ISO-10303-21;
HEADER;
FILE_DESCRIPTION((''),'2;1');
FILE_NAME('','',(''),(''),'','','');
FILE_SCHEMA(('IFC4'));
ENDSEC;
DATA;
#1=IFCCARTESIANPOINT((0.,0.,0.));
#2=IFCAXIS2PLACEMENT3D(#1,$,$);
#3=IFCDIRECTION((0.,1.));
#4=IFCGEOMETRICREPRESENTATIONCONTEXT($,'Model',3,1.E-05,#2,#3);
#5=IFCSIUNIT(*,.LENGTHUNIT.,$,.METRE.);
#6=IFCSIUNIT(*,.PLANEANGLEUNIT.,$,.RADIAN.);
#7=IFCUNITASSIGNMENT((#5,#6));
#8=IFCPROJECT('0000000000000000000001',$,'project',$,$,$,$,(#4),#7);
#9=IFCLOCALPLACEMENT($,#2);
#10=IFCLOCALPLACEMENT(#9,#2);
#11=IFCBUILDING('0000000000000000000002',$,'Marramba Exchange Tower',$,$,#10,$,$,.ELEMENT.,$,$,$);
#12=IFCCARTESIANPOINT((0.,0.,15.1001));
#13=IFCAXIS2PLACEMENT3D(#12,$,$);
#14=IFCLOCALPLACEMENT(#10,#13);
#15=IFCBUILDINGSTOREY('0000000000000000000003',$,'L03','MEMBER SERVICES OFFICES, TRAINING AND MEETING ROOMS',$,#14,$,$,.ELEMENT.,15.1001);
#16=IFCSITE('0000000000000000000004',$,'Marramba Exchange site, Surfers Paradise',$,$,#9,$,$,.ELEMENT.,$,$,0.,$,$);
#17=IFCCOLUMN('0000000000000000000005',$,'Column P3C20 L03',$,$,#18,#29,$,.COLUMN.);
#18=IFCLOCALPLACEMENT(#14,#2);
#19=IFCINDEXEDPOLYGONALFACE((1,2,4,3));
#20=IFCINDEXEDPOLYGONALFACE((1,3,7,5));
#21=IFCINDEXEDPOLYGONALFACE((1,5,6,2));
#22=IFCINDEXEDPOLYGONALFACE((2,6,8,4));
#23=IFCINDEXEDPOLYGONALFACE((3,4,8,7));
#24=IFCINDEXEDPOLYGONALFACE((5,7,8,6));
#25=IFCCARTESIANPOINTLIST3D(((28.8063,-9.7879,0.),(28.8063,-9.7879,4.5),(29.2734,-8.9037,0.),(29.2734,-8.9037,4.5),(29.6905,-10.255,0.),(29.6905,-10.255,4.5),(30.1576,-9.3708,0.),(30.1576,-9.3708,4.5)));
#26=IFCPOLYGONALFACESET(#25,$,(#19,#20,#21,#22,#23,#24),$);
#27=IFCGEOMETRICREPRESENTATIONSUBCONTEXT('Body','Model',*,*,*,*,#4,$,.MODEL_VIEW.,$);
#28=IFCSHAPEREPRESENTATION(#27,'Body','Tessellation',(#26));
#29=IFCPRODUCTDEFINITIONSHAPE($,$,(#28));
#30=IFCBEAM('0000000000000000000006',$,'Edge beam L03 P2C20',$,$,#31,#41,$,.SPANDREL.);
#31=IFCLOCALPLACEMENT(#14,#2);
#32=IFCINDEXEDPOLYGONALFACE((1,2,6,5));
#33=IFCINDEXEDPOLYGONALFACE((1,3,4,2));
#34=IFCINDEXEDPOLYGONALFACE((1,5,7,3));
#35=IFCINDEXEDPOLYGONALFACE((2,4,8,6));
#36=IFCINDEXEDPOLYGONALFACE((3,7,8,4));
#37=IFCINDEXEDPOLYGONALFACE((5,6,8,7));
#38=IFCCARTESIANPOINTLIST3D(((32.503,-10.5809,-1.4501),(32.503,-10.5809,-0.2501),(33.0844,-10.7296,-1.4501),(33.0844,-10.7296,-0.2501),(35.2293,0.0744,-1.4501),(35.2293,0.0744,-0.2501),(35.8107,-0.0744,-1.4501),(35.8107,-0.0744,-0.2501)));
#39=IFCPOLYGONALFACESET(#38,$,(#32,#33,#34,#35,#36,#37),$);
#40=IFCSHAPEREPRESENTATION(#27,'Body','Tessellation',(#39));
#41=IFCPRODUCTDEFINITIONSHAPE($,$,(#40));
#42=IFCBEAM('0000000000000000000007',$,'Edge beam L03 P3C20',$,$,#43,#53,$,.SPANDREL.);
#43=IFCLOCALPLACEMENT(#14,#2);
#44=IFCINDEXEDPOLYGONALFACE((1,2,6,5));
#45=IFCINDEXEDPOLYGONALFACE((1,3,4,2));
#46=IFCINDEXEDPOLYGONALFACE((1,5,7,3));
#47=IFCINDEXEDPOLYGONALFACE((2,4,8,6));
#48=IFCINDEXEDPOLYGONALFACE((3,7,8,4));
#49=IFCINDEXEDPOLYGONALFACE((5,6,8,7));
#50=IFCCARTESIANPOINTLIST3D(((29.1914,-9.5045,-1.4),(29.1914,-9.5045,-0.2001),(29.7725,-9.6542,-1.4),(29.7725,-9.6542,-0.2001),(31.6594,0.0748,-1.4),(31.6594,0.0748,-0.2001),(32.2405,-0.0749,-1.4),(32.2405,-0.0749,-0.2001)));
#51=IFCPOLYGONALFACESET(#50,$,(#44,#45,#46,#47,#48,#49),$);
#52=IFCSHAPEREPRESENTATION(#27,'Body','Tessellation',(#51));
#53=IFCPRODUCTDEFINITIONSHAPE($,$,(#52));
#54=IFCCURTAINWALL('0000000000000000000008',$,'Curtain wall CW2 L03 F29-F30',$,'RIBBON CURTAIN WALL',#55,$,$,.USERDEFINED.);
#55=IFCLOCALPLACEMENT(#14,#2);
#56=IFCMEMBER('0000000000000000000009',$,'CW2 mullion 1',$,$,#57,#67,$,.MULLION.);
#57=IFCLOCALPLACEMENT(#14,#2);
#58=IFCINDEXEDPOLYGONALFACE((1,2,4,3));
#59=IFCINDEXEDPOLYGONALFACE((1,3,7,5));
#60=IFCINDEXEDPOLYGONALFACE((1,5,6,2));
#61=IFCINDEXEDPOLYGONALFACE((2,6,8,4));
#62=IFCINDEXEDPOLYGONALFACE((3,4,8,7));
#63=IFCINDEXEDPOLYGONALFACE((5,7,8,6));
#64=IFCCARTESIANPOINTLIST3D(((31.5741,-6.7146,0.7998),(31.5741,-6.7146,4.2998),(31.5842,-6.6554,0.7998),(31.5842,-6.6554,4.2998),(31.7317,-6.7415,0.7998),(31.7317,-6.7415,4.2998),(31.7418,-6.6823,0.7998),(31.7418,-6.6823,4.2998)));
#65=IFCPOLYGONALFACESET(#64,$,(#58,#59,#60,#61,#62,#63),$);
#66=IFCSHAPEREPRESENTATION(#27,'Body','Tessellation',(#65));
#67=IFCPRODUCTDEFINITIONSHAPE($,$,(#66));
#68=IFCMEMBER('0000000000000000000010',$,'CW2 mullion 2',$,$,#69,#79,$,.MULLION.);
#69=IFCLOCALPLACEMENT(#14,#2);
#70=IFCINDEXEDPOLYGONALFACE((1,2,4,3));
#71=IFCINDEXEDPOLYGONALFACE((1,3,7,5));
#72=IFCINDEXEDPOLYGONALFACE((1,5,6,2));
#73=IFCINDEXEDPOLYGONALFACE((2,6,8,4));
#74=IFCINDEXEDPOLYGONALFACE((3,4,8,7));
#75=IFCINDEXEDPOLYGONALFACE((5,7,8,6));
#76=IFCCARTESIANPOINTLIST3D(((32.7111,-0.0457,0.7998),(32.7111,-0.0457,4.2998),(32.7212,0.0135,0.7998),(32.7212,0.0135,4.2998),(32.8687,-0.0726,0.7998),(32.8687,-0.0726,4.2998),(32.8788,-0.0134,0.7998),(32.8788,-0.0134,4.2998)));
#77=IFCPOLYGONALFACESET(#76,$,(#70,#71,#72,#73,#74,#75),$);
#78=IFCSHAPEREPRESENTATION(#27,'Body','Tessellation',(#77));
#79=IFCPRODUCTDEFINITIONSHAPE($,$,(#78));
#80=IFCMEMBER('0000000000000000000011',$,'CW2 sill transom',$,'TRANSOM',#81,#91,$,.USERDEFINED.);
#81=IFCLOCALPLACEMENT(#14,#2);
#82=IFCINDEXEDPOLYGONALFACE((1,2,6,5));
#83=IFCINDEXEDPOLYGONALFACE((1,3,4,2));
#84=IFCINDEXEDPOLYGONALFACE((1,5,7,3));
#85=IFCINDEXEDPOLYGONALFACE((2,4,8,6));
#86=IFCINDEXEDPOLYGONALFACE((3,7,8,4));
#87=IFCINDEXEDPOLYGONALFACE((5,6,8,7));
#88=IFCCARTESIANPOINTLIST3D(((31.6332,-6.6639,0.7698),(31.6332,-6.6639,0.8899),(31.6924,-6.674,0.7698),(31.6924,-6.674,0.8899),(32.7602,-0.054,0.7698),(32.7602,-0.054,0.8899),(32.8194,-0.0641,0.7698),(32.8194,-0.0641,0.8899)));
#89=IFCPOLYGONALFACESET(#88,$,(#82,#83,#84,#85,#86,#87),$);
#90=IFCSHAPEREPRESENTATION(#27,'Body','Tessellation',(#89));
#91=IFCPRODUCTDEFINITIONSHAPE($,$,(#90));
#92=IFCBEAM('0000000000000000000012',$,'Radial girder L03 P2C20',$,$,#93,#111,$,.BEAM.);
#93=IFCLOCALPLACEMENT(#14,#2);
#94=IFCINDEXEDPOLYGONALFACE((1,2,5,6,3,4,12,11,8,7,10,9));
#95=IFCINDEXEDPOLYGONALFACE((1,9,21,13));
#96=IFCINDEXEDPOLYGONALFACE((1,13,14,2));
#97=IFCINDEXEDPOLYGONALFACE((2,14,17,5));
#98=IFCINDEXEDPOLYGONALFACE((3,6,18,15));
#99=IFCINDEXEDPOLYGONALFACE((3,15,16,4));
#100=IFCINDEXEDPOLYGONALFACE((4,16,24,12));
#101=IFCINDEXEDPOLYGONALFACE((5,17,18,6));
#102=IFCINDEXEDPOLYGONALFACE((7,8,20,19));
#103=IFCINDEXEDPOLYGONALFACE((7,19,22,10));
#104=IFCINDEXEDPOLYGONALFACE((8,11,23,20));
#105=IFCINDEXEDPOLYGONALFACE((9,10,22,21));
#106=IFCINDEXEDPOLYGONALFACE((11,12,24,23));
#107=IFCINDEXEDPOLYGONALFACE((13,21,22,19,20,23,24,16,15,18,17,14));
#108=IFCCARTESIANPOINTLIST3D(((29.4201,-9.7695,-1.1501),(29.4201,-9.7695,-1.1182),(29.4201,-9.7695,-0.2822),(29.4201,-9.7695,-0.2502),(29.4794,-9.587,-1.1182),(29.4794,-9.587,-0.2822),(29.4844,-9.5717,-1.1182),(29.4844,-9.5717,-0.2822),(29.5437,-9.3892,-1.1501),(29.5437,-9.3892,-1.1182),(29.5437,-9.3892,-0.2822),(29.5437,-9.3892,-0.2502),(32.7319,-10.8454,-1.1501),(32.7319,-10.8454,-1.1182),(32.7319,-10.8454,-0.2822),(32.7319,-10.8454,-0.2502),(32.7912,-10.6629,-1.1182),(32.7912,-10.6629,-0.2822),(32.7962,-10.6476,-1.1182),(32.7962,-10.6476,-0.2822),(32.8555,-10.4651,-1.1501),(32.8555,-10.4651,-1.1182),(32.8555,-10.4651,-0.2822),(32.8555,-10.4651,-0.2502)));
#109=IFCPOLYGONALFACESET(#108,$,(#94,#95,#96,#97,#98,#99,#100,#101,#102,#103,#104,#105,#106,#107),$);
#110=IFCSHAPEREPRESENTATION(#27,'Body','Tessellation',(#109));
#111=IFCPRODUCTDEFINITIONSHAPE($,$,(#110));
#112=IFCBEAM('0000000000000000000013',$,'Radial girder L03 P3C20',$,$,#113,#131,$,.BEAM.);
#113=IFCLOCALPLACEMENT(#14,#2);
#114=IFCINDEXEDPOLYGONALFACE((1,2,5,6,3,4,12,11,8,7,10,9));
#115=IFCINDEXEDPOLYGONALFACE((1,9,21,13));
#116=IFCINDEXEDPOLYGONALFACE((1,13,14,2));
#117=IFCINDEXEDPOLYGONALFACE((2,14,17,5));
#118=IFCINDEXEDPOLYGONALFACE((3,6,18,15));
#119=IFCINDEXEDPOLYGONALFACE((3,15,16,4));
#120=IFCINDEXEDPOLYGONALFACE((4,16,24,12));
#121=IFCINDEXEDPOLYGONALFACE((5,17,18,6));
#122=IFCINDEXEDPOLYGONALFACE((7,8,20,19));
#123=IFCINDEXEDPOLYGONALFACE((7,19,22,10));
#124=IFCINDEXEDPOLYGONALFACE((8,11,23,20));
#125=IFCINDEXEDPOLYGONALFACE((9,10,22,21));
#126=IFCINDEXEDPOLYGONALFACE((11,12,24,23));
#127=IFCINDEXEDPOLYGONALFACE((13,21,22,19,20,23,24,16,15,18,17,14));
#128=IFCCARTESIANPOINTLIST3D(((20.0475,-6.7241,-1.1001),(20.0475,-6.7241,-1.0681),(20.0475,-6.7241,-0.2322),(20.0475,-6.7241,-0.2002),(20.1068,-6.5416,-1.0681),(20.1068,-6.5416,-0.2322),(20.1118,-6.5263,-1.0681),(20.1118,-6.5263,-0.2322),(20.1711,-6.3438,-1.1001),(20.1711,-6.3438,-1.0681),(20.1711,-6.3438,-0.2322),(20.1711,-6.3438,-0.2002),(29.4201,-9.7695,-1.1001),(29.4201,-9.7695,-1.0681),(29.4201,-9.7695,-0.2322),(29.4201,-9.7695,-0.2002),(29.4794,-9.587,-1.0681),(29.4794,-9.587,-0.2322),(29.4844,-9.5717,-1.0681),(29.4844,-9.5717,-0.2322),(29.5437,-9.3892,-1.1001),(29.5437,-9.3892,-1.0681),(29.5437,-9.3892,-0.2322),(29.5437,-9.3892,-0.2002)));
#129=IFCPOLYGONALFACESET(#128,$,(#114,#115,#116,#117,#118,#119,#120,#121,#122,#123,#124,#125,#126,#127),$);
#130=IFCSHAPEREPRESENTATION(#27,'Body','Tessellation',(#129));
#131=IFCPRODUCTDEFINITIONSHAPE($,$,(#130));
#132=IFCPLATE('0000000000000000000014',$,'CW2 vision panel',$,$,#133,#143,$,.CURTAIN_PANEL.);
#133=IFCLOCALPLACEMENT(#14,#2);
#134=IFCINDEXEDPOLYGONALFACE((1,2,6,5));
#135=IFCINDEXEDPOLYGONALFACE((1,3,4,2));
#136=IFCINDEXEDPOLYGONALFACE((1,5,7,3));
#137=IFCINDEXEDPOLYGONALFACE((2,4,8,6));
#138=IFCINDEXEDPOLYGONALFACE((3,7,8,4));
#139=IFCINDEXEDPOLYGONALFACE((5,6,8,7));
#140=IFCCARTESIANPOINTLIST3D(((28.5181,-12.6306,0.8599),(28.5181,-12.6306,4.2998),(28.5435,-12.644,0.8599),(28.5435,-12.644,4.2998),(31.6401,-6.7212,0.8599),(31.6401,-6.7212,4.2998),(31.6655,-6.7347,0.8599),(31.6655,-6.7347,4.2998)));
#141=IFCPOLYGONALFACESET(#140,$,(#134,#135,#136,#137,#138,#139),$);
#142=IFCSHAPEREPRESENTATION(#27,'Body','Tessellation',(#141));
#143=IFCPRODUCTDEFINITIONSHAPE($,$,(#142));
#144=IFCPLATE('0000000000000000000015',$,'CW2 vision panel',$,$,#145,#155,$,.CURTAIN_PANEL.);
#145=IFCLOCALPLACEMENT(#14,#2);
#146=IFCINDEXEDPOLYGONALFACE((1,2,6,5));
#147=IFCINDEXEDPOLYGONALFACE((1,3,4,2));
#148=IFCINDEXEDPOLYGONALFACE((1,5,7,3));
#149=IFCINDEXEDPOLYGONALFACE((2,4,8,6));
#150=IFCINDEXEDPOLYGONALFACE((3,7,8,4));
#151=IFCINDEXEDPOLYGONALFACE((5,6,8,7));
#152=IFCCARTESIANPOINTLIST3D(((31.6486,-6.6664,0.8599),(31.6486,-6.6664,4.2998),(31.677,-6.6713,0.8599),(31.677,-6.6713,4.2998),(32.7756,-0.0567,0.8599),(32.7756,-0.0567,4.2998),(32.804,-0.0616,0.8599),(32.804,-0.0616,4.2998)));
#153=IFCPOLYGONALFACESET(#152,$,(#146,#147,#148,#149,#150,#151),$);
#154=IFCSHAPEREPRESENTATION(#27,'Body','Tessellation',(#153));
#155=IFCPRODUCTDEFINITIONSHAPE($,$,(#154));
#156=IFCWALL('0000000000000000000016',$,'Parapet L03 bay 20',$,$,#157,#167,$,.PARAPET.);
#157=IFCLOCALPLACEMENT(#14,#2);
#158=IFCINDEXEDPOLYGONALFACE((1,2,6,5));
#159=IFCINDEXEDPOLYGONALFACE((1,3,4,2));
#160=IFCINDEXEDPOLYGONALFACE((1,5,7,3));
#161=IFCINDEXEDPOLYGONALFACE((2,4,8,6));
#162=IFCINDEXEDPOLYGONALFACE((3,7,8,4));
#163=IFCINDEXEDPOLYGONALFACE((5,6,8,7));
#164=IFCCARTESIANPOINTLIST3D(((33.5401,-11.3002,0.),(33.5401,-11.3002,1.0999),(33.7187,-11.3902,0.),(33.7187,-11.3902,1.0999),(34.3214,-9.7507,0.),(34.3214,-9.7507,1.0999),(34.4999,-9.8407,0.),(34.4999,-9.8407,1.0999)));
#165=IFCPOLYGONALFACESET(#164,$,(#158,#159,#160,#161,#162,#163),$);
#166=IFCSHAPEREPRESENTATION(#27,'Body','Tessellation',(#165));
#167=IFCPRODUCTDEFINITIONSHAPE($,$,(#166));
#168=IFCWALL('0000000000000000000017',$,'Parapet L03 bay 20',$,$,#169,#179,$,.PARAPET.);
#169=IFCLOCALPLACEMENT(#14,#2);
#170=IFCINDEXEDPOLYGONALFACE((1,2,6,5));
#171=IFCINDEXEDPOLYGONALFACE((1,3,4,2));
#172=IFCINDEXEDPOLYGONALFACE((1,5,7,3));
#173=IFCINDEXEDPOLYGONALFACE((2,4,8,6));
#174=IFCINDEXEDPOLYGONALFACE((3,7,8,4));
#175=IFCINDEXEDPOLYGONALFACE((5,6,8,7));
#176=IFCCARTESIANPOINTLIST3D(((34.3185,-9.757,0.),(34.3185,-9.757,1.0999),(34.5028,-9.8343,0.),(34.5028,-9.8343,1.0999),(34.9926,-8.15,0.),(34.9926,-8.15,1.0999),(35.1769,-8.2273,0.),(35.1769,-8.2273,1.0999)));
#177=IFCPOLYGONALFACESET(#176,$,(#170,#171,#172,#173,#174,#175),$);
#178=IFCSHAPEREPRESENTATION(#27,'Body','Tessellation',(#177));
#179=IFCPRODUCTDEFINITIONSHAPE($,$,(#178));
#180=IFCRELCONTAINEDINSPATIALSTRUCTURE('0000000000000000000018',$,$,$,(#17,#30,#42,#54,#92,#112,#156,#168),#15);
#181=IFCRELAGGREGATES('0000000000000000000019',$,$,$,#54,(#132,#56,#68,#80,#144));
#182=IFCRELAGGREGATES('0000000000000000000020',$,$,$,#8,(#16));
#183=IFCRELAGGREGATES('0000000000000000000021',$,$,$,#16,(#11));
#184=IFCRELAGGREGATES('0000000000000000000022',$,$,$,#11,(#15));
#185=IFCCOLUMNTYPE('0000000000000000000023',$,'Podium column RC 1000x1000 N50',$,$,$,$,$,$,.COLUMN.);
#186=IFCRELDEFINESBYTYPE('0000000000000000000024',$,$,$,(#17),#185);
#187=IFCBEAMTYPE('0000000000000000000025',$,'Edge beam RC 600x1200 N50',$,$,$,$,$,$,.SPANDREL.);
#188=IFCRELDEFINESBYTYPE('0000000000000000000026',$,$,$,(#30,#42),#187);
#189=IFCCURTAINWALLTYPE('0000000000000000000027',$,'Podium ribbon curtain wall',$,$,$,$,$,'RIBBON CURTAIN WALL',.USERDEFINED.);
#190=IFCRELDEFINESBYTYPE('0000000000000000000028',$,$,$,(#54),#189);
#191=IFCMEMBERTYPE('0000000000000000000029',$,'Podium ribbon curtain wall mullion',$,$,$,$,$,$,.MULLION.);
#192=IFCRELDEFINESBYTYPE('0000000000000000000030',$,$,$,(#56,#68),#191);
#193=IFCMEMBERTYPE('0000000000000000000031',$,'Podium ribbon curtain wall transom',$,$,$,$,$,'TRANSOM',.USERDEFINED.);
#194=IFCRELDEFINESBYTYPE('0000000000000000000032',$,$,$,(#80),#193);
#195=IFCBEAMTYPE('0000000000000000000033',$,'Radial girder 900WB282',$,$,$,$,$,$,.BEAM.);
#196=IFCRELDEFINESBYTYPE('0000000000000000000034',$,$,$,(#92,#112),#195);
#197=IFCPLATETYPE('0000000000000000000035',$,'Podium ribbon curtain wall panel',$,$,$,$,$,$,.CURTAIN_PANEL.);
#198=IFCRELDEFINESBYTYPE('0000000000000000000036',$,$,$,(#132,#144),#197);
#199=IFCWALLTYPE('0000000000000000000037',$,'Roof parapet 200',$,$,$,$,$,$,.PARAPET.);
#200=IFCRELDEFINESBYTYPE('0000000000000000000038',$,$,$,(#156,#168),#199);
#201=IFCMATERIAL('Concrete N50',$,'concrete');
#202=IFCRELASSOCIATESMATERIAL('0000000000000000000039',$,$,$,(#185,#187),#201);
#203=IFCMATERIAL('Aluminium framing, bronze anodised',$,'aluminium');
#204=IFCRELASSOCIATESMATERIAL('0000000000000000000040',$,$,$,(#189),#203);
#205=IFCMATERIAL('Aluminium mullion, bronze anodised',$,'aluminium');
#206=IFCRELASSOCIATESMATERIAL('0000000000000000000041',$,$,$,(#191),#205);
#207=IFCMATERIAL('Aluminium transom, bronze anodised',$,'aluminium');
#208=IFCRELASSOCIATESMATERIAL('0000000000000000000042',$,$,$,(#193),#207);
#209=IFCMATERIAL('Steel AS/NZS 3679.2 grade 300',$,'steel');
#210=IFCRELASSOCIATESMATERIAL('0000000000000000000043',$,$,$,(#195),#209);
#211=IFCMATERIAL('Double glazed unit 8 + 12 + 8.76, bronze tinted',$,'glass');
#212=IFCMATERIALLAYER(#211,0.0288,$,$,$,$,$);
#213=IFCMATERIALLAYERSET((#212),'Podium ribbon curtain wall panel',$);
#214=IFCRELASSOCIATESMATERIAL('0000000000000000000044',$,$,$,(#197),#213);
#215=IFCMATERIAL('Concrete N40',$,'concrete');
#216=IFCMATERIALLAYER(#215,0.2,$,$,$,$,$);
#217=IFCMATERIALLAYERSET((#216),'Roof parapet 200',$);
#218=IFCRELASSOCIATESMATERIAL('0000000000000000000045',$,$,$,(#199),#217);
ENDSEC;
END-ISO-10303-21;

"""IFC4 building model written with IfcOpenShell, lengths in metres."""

from ifc_helpers import new_model, si_unit, direction, frame, frame_2d, origin, origin_2d, place, context, subcontext, project, spatial, rectangle, i_section, extrude, material, layer, layer_set, material_profile, profile_set, type_object, element, aggregate, save


model = new_model("IFC4")

# Units and contexts
model_context = context("Model", 3, precision=1e-05, world=origin(), true_north=direction((0.0, 1.0)))
body_context = subcontext(model_context, "Body", "Model", "MODEL_VIEW")
ifc_project = project(units=[si_unit("LENGTHUNIT", "METRE"), si_unit("PLANEANGLEUNIT", "RADIAN")], contexts=[model_context])

# Site, building, storey
site_placement = place(None, origin())
site = spatial("IfcSite", under=ifc_project, at=site_placement, Name="Marramba Exchange site, Surfers Paradise", CompositionType="ELEMENT", RefElevation=0.0)
building_placement = place(site_placement, origin())
building = spatial("IfcBuilding", under=site, at=building_placement, Name="Marramba Exchange Tower", CompositionType="ELEMENT")
storey_placement = place(building_placement, frame((0.0, 0.0, 15.1001)))
storey = spatial("IfcBuildingStorey", under=building, at=storey_placement, Name="L03", Description="MEMBER SERVICES OFFICES, TRAINING AND MEETING ROOMS", CompositionType="ELEMENT", Elevation=15.1001)

# Column
ifc_material_1 = material(Name="Concrete N50", Category="concrete")
ifc_material_profile_1 = material_profile(ifc_material_1, rectangle(XDim=1.0, YDim=1.0, at=origin_2d()), Name="RC 1000x1000")
ifc_profile_set_1 = profile_set([ifc_material_profile_1], Name="Concrete N50")
column_type = type_object("IfcColumnType", Name="Podium column RC 1000x1000 N50", PredefinedType="COLUMN", material=ifc_profile_set_1)
column_placement = place(storey_placement, frame((29.4819, -9.5793, 0.0), z_axis=(0.0, 0.0, 1.0), x_axis=(0.884188, -0.467131, 0.0)))
element("IfcColumn", 1, at=column_placement, inside=storey, type_object=column_type, Name="Column P3C20 L03", PredefinedType="COLUMN", context=body_context, shape_type="SweptSolid", body=[
    extrude(rectangle(XDim=1.0, YDim=1.0, at=origin_2d()), origin(), (0.0, 0.0, 1.0), 4.5),
])

# Beams
ifc_material_profile_2 = material_profile(ifc_material_1, rectangle(XDim=0.6001, YDim=1.2, at=origin_2d()), Name="RC 600x1200")
ifc_profile_set_2 = profile_set([ifc_material_profile_2], Name="Concrete N50")
beam_type_1 = type_object("IfcBeamType", Name="Edge beam RC 600x1200 N50", PredefinedType="SPANDREL", material=ifc_profile_set_2)
beam_1_placement = place(storey_placement, frame((32.7937, -10.6553, -0.8501), z_axis=(0.24788, 0.968791, 0.0), x_axis=(-0.968791, 0.24788, 0.0)))
element("IfcBeam", 2, at=beam_1_placement, inside=storey, type_object=beam_type_1, Name="Edge beam L03 P2C20", PredefinedType="SPANDREL", context=body_context, shape_type="SweptSolid", body=[
    extrude(rectangle(XDim=0.6001, YDim=1.2, at=origin_2d()), origin(), (0.0, 0.0, 1.0), 10.9985),
])
beam_2_placement = place(storey_placement, frame((29.4819, -9.5793, -0.8), z_axis=(0.249492, 0.968377, 0.0), x_axis=(-0.968377, 0.249492, 0.0)))
element("IfcBeam", 3, at=beam_2_placement, inside=storey, type_object=beam_type_1, Name="Edge beam L03 P3C20", PredefinedType="SPANDREL", context=body_context, shape_type="SweptSolid", body=[
    extrude(rectangle(XDim=0.6001, YDim=1.2, at=origin_2d()), origin(), (0.0, 0.0, 1.0), 9.8921),
])

# Curtain wall, members
ifc_material_2 = material(Name="Aluminium framing, bronze anodised", Category="aluminium")
curtain_wall_type = type_object("IfcCurtainWallType", Name="Podium ribbon curtain wall", ElementType="RIBBON CURTAIN WALL", PredefinedType="USERDEFINED", material=ifc_material_2)
curtain_wall_placement = place(storey_placement, origin())
curtain_wall = element("IfcCurtainWall", 4, at=curtain_wall_placement, inside=storey, type_object=curtain_wall_type, Name="Curtain wall CW2 L03 F29-F30", ObjectType="RIBBON CURTAIN WALL", PredefinedType="USERDEFINED")
ifc_material_3 = material(Name="Aluminium mullion, bronze anodised", Category="aluminium")
ifc_material_profile_3 = material_profile(ifc_material_3, rectangle(XDim=0.1599, YDim=0.0601, at=origin_2d()), Name="CW2 mullion 60x160")
ifc_profile_set_3 = profile_set([ifc_material_profile_3], Name="Aluminium mullion, bronze anodised")
member_type_1 = type_object("IfcMemberType", Name="Podium ribbon curtain wall mullion", PredefinedType="MULLION", material=ifc_profile_set_3)
member_1_placement = place(storey_placement, frame((31.658, -6.6985, 0.7998), z_axis=(0.0, 0.0, 1.0), x_axis=(-0.985774, 0.168074, 0.0)))
member_1 = element("IfcMember", 5, at=member_1_placement, type_object=member_type_1, Name="CW2 mullion 1", PredefinedType="MULLION", context=body_context, shape_type="SweptSolid", body=[
    extrude(rectangle(XDim=0.1599, YDim=0.0601, at=origin_2d()), origin(), (0.0, 0.0, 1.0), 3.5),
])
member_2_placement = place(storey_placement, frame((32.7949, -0.0295, 0.7998), z_axis=(0.0, 0.0, 1.0), x_axis=(-0.985774, 0.168074, 0.0)))
member_2 = element("IfcMember", 6, at=member_2_placement, type_object=member_type_1, Name="CW2 mullion 2", PredefinedType="MULLION", context=body_context, shape_type="SweptSolid", body=[
    extrude(rectangle(XDim=0.1599, YDim=0.0601, at=origin_2d()), origin(), (0.0, 0.0, 1.0), 3.5),
])
ifc_material_4 = material(Name="Aluminium transom, bronze anodised", Category="aluminium")
ifc_material_profile_4 = material_profile(ifc_material_4, rectangle(XDim=0.0601, YDim=0.1201, at=origin_2d()), Name="CW2 transom 60x120")
ifc_profile_set_4 = profile_set([ifc_material_profile_4], Name="Aluminium transom, bronze anodised")
member_type_2 = type_object("IfcMemberType", Name="Podium ribbon curtain wall transom", ElementType="TRANSOM", PredefinedType="USERDEFINED", material=ifc_profile_set_4)
member_3_placement = place(storey_placement, frame((31.6628, -6.6689, 0.8298), z_axis=(0.16807, 0.985775, 0.0), x_axis=(-0.985775, 0.16807, 0.0)))
member_3 = element("IfcMember", 7, at=member_3_placement, type_object=member_type_2, Name="CW2 sill transom", ObjectType="TRANSOM", PredefinedType="USERDEFINED", context=body_context, shape_type="SweptSolid", body=[
    extrude(rectangle(XDim=0.0601, YDim=0.1201, at=origin_2d()), origin(), (0.0, 0.0, 1.0), 6.7053),
])

# Beams
ifc_material_5 = material(Name="Steel AS/NZS 3679.2 grade 300", Category="steel")
ifc_material_profile_5 = material_profile(ifc_material_5, i_section(OverallWidth=0.3999, OverallDepth=0.8999, WebThickness=0.0161, FlangeThickness=0.032, at=origin_2d()), Name="900WB282")
ifc_profile_set_5 = profile_set([ifc_material_profile_5], Name="Steel AS/NZS 3679.2 grade 300")
beam_type_2 = type_object("IfcBeamType", Name="Radial girder 900WB282", PredefinedType="BEAM", material=ifc_profile_set_5)
beam_3_placement = place(storey_placement, frame((32.7937, -10.6553, -0.7002), z_axis=(-0.951068, 0.308983, 0.0), x_axis=(-0.308983, -0.951068, 0.0)))
element("IfcBeam", 8, at=beam_3_placement, inside=storey, type_object=beam_type_2, Name="Radial girder L03 P2C20", PredefinedType="BEAM", context=body_context, shape_type="SweptSolid", body=[
    extrude(i_section(OverallWidth=0.3999, OverallDepth=0.8999, WebThickness=0.0161, FlangeThickness=0.032, at=origin_2d()), origin(), (0.0, 0.0, 1.0), 3.4822),
])
beam_4_placement = place(storey_placement, frame((29.4819, -9.5793, -0.6501), z_axis=(-0.951054, 0.309024, 0.0), x_axis=(-0.309024, -0.951054, 0.0)))
element("IfcBeam", 9, at=beam_4_placement, inside=storey, type_object=beam_type_2, Name="Radial girder L03 P3C20", PredefinedType="BEAM", context=body_context, shape_type="SweptSolid", body=[
    extrude(i_section(OverallWidth=0.3999, OverallDepth=0.8999, WebThickness=0.0161, FlangeThickness=0.032, at=origin_2d()), origin(), (0.0, 0.0, 1.0), 9.855),
])

# Plates
ifc_material_6 = material(Name="Double glazed unit 8 + 12 + 8.76, bronze tinted", Category="glass")
ifc_layer_1 = layer(ifc_material_6, 0.0288)
ifc_layer_set_1 = layer_set([ifc_layer_1], Name="Podium ribbon curtain wall panel")
plate_type = type_object("IfcPlateType", Name="Podium ribbon curtain wall panel", PredefinedType="CURTAIN_PANEL", material=ifc_layer_set_1)
plate_1_placement = place(storey_placement, frame((30.0918, -9.6826, 0.8599), z_axis=(0.0, 0.0, 1.0), x_axis=(0.467131, 0.884188, 0.0)))
plate_1 = element("IfcPlate", 10, at=plate_1_placement, type_object=plate_type, Name="CW2 vision panel", PredefinedType="CURTAIN_PANEL", context=body_context, shape_type="SweptSolid", body=[
    extrude(rectangle(XDim=6.6833, YDim=0.0288, at=origin_2d()), origin(), (0.0, 0.0, 1.0), 3.4399),
])
plate_2_placement = place(storey_placement, frame((32.2263, -3.364, 0.8599), z_axis=(0.0, 0.0, 1.0), x_axis=(0.168074, 0.985774, 0.0)))
plate_2 = element("IfcPlate", 11, at=plate_2_placement, type_object=plate_type, Name="CW2 vision panel", PredefinedType="CURTAIN_PANEL", context=body_context, shape_type="SweptSolid", body=[
    extrude(rectangle(XDim=6.7051, YDim=0.0288, at=origin_2d()), origin(), (0.0, 0.0, 1.0), 3.4399),
])
aggregate(curtain_wall, [plate_1, member_1, member_2, member_3, plate_2])

# Walls
ifc_material_7 = material(Name="Concrete N40", Category="concrete")
ifc_layer_2 = layer(ifc_material_7, 0.2)
ifc_layer_set_2 = layer_set([ifc_layer_2], Name="Roof parapet 200")
wall_type = type_object("IfcWallType", Name="Roof parapet 200", PredefinedType="PARAPET", material=ifc_layer_set_2)
wall_1_placement = place(storey_placement, frame((33.6294, -11.3452, 0.0), z_axis=(0.0, 0.0, 1.0), x_axis=(0.450194, 0.892931, 0.0)))
element("IfcWall", 12, at=wall_1_placement, inside=storey, type_object=wall_type, Name="Parapet L03 bay 20", PredefinedType="PARAPET", context=body_context, shape_type="SweptSolid", body=[
    extrude(rectangle(XDim=1.7354, YDim=0.2, at=frame_2d((0.8677, 0.0))), origin(), (0.0, 0.0, 1.0), 1.0999),
])
wall_2_placement = place(storey_placement, frame((34.4106, -9.7957, 0.0), z_axis=(0.0, 0.0, 1.0), x_axis=(0.386823, 0.922154, 0.0)))
element("IfcWall", 13, at=wall_2_placement, inside=storey, type_object=wall_type, Name="Parapet L03 bay 20", PredefinedType="PARAPET", context=body_context, shape_type="SweptSolid", body=[
    extrude(rectangle(XDim=1.7427, YDim=0.2, at=frame_2d((0.8713, 0.0))), origin(), (0.0, 0.0, 1.0), 1.0999),
])

save(model, "model.ifc")
